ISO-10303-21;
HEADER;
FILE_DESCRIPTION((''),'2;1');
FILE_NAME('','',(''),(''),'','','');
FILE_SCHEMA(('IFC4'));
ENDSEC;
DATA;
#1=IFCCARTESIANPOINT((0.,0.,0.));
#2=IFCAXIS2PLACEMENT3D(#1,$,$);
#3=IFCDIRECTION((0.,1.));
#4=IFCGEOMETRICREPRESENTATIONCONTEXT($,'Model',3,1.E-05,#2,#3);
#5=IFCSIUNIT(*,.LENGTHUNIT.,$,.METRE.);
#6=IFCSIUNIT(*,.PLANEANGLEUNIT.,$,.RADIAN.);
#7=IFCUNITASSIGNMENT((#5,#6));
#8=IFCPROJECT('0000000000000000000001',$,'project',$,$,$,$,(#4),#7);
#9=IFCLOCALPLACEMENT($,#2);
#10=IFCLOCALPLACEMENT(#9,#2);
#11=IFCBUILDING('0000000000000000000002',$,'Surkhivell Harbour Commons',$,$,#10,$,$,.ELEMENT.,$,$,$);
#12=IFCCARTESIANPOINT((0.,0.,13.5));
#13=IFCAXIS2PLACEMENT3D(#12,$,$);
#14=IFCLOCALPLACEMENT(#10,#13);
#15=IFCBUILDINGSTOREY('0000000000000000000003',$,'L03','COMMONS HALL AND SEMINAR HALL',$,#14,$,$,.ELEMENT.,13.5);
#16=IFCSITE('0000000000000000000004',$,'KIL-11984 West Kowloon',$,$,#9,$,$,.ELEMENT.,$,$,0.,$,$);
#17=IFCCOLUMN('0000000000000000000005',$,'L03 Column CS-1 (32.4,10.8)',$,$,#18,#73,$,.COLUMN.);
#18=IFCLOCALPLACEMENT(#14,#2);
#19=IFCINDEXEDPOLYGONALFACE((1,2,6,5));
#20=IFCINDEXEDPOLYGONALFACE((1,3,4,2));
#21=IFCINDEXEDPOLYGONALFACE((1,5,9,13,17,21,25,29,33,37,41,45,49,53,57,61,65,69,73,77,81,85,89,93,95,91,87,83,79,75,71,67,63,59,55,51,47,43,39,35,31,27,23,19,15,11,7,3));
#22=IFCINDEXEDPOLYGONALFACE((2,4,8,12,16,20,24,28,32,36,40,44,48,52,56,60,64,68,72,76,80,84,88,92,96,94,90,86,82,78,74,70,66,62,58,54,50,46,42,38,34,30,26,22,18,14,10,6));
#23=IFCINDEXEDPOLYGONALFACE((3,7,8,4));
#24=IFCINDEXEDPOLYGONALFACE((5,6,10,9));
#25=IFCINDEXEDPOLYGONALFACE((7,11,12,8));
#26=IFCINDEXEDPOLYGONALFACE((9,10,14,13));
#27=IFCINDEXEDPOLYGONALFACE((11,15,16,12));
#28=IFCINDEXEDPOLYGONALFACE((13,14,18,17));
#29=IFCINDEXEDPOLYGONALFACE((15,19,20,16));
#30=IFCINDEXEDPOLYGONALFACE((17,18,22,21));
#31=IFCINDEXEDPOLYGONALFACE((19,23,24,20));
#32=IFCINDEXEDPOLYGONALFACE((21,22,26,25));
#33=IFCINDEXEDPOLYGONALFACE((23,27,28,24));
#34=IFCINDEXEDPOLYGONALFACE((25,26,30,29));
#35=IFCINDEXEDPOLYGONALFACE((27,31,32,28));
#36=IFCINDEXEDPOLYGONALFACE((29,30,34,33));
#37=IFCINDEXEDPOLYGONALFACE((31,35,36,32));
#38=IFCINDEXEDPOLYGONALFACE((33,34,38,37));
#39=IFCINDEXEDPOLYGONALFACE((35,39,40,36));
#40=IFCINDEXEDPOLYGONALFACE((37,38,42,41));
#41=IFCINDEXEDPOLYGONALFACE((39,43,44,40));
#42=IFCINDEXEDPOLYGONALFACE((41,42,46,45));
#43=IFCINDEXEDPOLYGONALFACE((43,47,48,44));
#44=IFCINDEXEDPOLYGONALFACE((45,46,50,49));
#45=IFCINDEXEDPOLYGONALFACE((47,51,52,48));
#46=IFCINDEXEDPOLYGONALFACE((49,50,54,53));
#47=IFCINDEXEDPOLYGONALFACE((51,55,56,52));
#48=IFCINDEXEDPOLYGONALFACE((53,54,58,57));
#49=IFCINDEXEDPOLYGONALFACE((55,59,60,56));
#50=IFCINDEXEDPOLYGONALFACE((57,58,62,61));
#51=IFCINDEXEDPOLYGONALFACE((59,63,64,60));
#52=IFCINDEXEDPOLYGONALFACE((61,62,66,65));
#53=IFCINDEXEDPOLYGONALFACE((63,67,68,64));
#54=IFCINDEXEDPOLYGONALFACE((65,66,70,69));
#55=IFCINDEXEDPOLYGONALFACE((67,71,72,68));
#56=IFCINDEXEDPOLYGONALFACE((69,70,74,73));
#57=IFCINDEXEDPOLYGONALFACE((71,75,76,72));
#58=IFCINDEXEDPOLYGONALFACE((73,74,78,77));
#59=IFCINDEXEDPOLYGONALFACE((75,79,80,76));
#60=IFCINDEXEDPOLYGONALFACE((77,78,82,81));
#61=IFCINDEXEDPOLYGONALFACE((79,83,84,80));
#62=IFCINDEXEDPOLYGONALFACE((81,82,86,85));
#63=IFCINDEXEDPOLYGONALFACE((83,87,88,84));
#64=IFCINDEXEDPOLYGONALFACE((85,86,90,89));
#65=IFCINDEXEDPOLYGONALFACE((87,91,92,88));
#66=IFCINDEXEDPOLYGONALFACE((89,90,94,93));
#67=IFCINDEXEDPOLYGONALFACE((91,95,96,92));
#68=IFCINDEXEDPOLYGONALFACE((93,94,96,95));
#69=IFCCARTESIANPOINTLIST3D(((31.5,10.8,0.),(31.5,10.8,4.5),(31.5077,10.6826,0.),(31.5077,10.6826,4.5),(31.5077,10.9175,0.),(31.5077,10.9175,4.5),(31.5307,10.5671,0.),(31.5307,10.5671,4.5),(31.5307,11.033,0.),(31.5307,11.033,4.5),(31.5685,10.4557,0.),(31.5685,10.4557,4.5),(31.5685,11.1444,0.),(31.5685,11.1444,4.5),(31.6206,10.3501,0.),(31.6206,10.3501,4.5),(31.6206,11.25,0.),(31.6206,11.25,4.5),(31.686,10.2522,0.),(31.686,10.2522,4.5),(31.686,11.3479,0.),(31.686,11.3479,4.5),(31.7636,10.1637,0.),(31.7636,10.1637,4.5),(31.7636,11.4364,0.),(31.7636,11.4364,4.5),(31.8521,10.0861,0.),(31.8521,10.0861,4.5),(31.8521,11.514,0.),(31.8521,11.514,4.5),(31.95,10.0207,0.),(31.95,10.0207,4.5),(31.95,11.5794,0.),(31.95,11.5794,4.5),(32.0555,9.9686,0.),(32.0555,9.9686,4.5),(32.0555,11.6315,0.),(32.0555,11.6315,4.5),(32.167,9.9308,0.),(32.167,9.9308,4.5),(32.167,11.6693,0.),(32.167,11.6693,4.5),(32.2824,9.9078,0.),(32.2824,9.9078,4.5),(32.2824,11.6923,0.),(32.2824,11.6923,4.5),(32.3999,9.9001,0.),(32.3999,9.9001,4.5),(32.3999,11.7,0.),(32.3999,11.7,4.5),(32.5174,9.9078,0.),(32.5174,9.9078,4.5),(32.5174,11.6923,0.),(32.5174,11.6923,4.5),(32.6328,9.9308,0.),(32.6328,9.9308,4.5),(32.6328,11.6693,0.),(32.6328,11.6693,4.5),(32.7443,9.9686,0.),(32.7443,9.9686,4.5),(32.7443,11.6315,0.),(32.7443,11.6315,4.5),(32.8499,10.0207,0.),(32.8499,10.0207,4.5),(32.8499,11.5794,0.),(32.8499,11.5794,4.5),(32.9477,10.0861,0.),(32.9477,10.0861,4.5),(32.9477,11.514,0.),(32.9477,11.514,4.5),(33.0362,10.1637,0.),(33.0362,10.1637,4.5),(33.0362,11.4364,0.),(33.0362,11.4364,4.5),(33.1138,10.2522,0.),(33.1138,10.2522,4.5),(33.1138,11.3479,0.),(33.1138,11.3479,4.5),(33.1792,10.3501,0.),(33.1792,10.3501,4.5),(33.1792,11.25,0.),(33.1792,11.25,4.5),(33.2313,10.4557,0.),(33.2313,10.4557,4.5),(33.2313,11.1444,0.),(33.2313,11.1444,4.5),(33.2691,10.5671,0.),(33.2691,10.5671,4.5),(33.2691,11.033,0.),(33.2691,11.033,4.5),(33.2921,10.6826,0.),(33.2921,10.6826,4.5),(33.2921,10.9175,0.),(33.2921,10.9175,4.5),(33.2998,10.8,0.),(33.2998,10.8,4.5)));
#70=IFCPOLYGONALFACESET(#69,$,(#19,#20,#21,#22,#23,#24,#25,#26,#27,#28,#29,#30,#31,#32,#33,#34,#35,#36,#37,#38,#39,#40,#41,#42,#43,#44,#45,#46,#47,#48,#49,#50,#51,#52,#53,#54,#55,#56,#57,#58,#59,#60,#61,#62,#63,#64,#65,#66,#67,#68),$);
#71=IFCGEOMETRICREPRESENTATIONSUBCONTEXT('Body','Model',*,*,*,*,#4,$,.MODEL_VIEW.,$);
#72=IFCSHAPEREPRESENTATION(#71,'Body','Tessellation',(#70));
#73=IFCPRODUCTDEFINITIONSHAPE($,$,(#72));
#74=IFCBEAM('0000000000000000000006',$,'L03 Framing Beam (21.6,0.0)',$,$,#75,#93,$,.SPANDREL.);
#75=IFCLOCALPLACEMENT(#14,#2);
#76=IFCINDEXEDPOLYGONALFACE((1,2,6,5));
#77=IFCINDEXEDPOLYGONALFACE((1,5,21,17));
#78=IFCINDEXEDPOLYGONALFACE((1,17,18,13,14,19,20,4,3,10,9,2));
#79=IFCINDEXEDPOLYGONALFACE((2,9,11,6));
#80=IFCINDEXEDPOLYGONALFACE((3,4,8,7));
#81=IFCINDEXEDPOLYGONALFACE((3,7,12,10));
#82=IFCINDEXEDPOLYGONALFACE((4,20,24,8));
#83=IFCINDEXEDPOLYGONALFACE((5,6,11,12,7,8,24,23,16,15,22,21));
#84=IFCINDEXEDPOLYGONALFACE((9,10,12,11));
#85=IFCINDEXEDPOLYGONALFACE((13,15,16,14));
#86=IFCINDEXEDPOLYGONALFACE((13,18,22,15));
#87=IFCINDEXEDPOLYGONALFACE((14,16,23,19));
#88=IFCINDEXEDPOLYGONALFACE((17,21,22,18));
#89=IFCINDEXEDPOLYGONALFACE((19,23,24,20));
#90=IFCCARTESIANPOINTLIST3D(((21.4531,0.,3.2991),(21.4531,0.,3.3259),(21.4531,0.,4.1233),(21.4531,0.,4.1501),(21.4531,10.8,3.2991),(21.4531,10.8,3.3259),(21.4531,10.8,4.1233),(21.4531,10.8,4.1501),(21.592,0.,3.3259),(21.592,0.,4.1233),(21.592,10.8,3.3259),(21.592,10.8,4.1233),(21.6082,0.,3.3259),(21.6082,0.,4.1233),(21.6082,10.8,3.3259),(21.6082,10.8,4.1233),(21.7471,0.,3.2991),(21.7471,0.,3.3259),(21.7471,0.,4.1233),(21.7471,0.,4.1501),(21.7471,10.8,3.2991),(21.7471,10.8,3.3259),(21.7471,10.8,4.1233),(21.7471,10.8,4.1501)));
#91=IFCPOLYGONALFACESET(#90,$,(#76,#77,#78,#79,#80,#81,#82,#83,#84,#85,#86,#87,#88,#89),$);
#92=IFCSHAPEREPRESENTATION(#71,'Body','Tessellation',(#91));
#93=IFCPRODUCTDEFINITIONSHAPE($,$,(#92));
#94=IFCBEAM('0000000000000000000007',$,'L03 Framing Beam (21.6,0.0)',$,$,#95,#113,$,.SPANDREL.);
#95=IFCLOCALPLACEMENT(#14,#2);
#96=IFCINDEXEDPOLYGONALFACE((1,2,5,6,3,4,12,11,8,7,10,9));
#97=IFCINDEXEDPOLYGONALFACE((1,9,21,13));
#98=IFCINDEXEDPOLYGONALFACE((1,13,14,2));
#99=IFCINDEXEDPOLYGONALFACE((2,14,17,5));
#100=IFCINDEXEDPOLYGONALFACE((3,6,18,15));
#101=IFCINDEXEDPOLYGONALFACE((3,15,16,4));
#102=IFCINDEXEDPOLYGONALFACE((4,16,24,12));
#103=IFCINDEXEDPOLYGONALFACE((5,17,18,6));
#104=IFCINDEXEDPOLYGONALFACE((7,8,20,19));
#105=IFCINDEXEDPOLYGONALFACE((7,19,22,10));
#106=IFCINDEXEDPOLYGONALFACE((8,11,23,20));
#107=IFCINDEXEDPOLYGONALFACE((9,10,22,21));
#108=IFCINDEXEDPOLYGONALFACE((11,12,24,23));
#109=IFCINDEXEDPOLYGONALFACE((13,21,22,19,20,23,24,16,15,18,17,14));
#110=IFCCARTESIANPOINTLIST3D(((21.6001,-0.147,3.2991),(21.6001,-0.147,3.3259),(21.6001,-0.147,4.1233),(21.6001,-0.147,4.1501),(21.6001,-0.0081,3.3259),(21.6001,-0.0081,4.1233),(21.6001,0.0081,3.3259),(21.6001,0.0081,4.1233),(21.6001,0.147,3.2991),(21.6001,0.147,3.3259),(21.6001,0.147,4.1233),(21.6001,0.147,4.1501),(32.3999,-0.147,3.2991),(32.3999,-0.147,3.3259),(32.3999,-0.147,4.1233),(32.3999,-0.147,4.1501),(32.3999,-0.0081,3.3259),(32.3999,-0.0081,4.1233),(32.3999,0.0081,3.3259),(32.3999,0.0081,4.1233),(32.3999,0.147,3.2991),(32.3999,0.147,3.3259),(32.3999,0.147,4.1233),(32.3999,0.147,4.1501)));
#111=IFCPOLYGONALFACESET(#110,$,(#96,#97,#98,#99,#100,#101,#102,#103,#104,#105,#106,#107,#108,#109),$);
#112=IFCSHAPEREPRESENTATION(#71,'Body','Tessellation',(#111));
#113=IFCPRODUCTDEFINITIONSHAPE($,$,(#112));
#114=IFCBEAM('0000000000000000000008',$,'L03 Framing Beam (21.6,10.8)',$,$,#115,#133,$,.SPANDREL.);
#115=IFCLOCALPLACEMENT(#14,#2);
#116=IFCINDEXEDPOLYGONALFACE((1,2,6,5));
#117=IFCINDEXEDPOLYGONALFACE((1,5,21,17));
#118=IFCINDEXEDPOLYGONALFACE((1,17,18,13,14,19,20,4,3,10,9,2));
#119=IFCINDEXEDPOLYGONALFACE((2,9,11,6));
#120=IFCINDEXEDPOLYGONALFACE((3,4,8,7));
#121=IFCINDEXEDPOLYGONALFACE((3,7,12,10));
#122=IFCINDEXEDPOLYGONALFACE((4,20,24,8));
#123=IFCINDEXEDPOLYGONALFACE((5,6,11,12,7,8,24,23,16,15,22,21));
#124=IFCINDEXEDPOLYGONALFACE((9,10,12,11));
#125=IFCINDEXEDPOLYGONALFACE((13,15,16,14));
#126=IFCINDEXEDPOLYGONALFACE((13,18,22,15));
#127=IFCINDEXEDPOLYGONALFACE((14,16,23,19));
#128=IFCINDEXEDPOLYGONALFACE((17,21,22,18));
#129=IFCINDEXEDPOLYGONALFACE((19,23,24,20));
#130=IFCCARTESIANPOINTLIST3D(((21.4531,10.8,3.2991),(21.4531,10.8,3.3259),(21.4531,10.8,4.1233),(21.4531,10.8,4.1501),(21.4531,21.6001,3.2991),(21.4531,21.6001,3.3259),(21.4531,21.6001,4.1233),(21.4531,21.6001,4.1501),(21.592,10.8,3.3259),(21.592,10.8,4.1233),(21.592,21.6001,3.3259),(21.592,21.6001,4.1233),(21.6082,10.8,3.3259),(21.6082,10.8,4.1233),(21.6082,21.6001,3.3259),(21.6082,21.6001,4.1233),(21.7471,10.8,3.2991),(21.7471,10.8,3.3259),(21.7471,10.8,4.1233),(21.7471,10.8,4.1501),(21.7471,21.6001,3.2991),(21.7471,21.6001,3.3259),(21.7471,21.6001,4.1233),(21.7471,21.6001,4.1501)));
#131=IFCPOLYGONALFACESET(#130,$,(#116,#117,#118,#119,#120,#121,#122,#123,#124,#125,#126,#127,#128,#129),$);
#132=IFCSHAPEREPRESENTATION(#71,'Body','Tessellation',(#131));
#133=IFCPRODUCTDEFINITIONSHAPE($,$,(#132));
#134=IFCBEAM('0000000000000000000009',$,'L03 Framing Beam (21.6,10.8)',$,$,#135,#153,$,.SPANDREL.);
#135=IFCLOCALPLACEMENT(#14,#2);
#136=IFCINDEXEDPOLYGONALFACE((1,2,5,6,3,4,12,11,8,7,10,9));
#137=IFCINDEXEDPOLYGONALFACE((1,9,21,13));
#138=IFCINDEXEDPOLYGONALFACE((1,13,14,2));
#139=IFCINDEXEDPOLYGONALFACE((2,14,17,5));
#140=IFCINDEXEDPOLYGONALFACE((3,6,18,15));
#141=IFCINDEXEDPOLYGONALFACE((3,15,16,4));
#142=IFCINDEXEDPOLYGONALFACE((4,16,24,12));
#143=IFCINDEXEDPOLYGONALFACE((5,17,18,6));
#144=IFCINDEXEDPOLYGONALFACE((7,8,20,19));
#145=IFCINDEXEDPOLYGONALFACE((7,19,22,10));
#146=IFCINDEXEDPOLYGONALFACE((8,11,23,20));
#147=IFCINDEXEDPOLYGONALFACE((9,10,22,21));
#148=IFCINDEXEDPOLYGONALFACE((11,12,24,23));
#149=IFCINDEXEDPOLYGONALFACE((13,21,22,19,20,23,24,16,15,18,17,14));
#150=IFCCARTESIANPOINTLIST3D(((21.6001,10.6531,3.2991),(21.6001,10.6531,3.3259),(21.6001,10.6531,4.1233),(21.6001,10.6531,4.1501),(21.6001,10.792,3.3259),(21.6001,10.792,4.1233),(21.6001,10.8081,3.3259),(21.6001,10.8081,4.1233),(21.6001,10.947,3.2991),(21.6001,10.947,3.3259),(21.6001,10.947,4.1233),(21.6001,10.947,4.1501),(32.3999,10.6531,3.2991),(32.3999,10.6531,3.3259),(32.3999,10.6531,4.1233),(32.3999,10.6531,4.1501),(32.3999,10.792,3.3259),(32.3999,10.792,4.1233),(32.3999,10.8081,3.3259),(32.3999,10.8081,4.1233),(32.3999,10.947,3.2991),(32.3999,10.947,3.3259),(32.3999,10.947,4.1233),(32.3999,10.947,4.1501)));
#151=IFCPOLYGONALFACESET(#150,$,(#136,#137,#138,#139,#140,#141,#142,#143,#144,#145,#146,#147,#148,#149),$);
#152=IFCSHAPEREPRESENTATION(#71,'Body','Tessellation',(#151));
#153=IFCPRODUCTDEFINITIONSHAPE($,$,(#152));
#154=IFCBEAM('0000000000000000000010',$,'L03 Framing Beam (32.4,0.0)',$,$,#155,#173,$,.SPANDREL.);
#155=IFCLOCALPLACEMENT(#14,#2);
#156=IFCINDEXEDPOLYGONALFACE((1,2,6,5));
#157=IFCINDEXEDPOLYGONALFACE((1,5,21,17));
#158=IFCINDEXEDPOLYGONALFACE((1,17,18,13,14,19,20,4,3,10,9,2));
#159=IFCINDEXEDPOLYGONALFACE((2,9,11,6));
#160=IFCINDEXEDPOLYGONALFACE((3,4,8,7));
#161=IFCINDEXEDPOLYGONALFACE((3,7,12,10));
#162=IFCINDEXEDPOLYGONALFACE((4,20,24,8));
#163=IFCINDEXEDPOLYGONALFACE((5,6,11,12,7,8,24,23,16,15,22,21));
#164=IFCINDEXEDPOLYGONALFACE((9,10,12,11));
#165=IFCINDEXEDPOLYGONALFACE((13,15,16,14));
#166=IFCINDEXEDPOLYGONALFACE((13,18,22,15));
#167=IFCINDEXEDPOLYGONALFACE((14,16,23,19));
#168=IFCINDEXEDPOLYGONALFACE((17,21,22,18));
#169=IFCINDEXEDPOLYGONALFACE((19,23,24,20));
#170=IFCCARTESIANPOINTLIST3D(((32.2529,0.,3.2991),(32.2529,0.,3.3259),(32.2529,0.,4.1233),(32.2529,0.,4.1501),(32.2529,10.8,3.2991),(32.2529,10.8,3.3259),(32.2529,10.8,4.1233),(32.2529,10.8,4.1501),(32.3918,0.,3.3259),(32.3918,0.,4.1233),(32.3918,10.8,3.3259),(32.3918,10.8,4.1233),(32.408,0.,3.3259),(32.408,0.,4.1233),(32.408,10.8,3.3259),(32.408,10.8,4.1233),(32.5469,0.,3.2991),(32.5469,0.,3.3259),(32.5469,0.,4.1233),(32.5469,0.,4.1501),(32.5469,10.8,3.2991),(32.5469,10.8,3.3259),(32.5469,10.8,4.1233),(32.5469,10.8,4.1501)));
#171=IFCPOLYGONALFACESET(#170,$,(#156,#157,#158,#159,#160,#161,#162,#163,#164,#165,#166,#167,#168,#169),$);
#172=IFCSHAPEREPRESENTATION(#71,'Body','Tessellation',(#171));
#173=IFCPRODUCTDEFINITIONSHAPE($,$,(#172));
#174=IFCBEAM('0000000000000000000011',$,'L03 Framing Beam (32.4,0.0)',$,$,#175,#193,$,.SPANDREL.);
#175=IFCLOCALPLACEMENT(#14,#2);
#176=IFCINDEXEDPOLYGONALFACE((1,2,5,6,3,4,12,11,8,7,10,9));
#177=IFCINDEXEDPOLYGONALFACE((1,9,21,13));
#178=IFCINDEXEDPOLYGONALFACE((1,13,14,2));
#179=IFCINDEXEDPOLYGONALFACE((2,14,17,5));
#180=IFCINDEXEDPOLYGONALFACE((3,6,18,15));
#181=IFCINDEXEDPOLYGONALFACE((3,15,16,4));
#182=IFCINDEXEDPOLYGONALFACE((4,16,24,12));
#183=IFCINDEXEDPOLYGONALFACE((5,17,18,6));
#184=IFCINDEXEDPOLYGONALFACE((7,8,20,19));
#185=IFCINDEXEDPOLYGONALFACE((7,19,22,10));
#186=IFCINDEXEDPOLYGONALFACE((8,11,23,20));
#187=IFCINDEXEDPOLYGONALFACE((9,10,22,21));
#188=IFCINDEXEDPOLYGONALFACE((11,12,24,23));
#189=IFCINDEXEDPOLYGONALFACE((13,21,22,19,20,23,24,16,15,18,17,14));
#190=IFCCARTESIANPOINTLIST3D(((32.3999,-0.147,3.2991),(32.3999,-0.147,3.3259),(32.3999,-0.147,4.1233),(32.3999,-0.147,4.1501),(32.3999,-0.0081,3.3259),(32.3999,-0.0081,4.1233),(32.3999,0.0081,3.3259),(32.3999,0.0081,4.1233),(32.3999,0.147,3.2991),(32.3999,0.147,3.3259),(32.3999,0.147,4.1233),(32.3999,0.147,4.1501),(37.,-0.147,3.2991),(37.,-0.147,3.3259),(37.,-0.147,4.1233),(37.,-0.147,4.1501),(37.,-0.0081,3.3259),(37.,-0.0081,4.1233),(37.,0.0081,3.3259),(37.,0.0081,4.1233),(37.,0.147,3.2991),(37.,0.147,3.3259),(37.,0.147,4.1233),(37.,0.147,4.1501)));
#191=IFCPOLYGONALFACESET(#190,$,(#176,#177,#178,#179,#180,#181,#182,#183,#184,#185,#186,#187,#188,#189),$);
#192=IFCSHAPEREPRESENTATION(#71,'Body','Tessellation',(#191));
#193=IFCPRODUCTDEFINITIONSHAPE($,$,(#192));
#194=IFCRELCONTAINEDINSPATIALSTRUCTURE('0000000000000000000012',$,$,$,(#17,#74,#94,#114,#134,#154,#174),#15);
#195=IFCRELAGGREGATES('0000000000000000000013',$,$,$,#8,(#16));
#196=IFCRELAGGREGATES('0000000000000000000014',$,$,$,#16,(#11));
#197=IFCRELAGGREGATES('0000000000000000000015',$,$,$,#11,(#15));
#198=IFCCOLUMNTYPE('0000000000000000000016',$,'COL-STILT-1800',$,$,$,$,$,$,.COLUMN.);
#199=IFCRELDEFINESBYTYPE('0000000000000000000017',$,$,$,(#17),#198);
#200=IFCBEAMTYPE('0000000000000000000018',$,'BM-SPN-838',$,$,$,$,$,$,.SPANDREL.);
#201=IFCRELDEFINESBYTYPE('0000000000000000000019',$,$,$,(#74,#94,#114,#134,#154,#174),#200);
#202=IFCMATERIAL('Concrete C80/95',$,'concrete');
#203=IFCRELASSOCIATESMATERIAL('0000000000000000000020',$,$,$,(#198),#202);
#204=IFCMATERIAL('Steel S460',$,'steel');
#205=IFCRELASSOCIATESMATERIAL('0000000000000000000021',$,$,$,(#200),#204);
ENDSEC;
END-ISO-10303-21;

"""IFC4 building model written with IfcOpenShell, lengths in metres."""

from ifc_helpers import new_model, si_unit, direction, frame, origin, origin_2d, place, context, subcontext, project, spatial, circle, i_section, extrude, material, material_profile, profile_set, type_object, element, save


model = new_model("IFC4")

# Units and contexts
model_context = context("Model", 3, precision=1e-05, world=origin(), true_north=direction((0.0, 1.0)))
body_context = subcontext(model_context, "Body", "Model", "MODEL_VIEW")
ifc_project = project(units=[si_unit("LENGTHUNIT", "METRE"), si_unit("PLANEANGLEUNIT", "RADIAN")], contexts=[model_context])

# Site, building, storey
site_placement = place(None, origin())
site = spatial("IfcSite", under=ifc_project, at=site_placement, Name="KIL-11984 West Kowloon", CompositionType="ELEMENT", RefElevation=0.0)
building_placement = place(site_placement, origin())
building = spatial("IfcBuilding", under=site, at=building_placement, Name="Surkhivell Harbour Commons", CompositionType="ELEMENT")
storey_placement = place(building_placement, frame((0.0, 0.0, 13.5)))
storey = spatial("IfcBuildingStorey", under=building, at=storey_placement, Name="L03", Description="COMMONS HALL AND SEMINAR HALL", CompositionType="ELEMENT", Elevation=13.5)

# Column
ifc_material_1 = material(Name="Concrete C80/95", Category="concrete")
ifc_material_profile_1 = material_profile(ifc_material_1, circle(Radius=0.8999, at=origin_2d()), Name="RC-CIRC-1800")
ifc_profile_set_1 = profile_set([ifc_material_profile_1], Name="Concrete C80/95")
column_type_1 = type_object("IfcColumnType", Name="COL-STILT-1800", PredefinedType="COLUMN", material=ifc_profile_set_1)
for number, where, z_axis, x_axis, name in (
    (1, (32.3999, 10.8, 0.0), (0.0, 0.0, 1.0), (1.0, 0.0, 0.0), "L03 Column CS-1 (32.4,10.8)"),
):
    element("IfcColumn", number, at=place(storey_placement, frame(where, z_axis=z_axis, x_axis=x_axis)), inside=storey, type_object=column_type_1, Name=name, PredefinedType="COLUMN", context=body_context, shape_type="SweptSolid", body=[
        extrude(circle(Radius=0.8999, at=origin_2d()), origin(), (0.0, 0.0, 1.0), 4.5),
    ])

# Beams
ifc_material_2 = material(Name="Steel S460", Category="steel")
ifc_material_profile_2 = material_profile(ifc_material_2, i_section(OverallWidth=0.2939, OverallDepth=0.8511, WebThickness=0.0161, FlangeThickness=0.0269, at=origin_2d()), Name="UB838x292x226")
ifc_profile_set_2 = profile_set([ifc_material_profile_2], Name="Steel S460")
beam_type = type_object("IfcBeamType", Name="BM-SPN-838", PredefinedType="SPANDREL", material=ifc_profile_set_2)
beam_1_placement = place(storey_placement, frame((21.6001, 0.0, 3.7246), z_axis=(0.0, 1.0, 0.0), x_axis=(-1.0, 0.0, 0.0)))
element("IfcBeam", 2, at=beam_1_placement, inside=storey, type_object=beam_type, Name="L03 Framing Beam (21.6,0.0)", PredefinedType="SPANDREL", context=body_context, shape_type="SweptSolid", body=[
    extrude(i_section(OverallWidth=0.2939, OverallDepth=0.8511, WebThickness=0.0161, FlangeThickness=0.0269, at=origin_2d()), origin(), (0.0, 0.0, 1.0), 10.8),
])
beam_2_placement = place(storey_placement, frame((21.6001, 0.0, 3.7246), z_axis=(1.0, 0.0, 0.0), x_axis=(0.0, 1.0, 0.0)))
element("IfcBeam", 3, at=beam_2_placement, inside=storey, type_object=beam_type, Name="L03 Framing Beam (21.6,0.0)", PredefinedType="SPANDREL", context=body_context, shape_type="SweptSolid", body=[
    extrude(i_section(OverallWidth=0.2939, OverallDepth=0.8511, WebThickness=0.0161, FlangeThickness=0.0269, at=origin_2d()), origin(), (0.0, 0.0, 1.0), 10.7998),
])
beam_3_placement = place(storey_placement, frame((21.6001, 10.8, 3.7246), z_axis=(0.0, 1.0, 0.0), x_axis=(-1.0, 0.0, 0.0)))
element("IfcBeam", 4, at=beam_3_placement, inside=storey, type_object=beam_type, Name="L03 Framing Beam (21.6,10.8)", PredefinedType="SPANDREL", context=body_context, shape_type="SweptSolid", body=[
    extrude(i_section(OverallWidth=0.2939, OverallDepth=0.8511, WebThickness=0.0161, FlangeThickness=0.0269, at=origin_2d()), origin(), (0.0, 0.0, 1.0), 10.8),
])
beam_4_placement = place(storey_placement, frame((21.6001, 10.8, 3.7246), z_axis=(1.0, 0.0, 0.0), x_axis=(0.0, 1.0, 0.0)))
element("IfcBeam", 5, at=beam_4_placement, inside=storey, type_object=beam_type, Name="L03 Framing Beam (21.6,10.8)", PredefinedType="SPANDREL", context=body_context, shape_type="SweptSolid", body=[
    extrude(i_section(OverallWidth=0.2939, OverallDepth=0.8511, WebThickness=0.0161, FlangeThickness=0.0269, at=origin_2d()), origin(), (0.0, 0.0, 1.0), 10.7998),
])
beam_5_placement = place(storey_placement, frame((32.3999, 0.0, 3.7246), z_axis=(0.0, 1.0, 0.0), x_axis=(-1.0, 0.0, 0.0)))
element("IfcBeam", 6, at=beam_5_placement, inside=storey, type_object=beam_type, Name="L03 Framing Beam (32.4,0.0)", PredefinedType="SPANDREL", context=body_context, shape_type="SweptSolid", body=[
    extrude(i_section(OverallWidth=0.2939, OverallDepth=0.8511, WebThickness=0.0161, FlangeThickness=0.0269, at=origin_2d()), origin(), (0.0, 0.0, 1.0), 10.8),
])
beam_6_placement = place(storey_placement, frame((32.3999, 0.0, 3.7246), z_axis=(1.0, 0.0, 0.0), x_axis=(0.0, 1.0, 0.0)))
element("IfcBeam", 7, at=beam_6_placement, inside=storey, type_object=beam_type, Name="L03 Framing Beam (32.4,0.0)", PredefinedType="SPANDREL", context=body_context, shape_type="SweptSolid", body=[
    extrude(i_section(OverallWidth=0.2939, OverallDepth=0.8511, WebThickness=0.0161, FlangeThickness=0.0269, at=origin_2d()), origin(), (0.0, 0.0, 1.0), 4.6001),
])

save(model, "model.ifc")
